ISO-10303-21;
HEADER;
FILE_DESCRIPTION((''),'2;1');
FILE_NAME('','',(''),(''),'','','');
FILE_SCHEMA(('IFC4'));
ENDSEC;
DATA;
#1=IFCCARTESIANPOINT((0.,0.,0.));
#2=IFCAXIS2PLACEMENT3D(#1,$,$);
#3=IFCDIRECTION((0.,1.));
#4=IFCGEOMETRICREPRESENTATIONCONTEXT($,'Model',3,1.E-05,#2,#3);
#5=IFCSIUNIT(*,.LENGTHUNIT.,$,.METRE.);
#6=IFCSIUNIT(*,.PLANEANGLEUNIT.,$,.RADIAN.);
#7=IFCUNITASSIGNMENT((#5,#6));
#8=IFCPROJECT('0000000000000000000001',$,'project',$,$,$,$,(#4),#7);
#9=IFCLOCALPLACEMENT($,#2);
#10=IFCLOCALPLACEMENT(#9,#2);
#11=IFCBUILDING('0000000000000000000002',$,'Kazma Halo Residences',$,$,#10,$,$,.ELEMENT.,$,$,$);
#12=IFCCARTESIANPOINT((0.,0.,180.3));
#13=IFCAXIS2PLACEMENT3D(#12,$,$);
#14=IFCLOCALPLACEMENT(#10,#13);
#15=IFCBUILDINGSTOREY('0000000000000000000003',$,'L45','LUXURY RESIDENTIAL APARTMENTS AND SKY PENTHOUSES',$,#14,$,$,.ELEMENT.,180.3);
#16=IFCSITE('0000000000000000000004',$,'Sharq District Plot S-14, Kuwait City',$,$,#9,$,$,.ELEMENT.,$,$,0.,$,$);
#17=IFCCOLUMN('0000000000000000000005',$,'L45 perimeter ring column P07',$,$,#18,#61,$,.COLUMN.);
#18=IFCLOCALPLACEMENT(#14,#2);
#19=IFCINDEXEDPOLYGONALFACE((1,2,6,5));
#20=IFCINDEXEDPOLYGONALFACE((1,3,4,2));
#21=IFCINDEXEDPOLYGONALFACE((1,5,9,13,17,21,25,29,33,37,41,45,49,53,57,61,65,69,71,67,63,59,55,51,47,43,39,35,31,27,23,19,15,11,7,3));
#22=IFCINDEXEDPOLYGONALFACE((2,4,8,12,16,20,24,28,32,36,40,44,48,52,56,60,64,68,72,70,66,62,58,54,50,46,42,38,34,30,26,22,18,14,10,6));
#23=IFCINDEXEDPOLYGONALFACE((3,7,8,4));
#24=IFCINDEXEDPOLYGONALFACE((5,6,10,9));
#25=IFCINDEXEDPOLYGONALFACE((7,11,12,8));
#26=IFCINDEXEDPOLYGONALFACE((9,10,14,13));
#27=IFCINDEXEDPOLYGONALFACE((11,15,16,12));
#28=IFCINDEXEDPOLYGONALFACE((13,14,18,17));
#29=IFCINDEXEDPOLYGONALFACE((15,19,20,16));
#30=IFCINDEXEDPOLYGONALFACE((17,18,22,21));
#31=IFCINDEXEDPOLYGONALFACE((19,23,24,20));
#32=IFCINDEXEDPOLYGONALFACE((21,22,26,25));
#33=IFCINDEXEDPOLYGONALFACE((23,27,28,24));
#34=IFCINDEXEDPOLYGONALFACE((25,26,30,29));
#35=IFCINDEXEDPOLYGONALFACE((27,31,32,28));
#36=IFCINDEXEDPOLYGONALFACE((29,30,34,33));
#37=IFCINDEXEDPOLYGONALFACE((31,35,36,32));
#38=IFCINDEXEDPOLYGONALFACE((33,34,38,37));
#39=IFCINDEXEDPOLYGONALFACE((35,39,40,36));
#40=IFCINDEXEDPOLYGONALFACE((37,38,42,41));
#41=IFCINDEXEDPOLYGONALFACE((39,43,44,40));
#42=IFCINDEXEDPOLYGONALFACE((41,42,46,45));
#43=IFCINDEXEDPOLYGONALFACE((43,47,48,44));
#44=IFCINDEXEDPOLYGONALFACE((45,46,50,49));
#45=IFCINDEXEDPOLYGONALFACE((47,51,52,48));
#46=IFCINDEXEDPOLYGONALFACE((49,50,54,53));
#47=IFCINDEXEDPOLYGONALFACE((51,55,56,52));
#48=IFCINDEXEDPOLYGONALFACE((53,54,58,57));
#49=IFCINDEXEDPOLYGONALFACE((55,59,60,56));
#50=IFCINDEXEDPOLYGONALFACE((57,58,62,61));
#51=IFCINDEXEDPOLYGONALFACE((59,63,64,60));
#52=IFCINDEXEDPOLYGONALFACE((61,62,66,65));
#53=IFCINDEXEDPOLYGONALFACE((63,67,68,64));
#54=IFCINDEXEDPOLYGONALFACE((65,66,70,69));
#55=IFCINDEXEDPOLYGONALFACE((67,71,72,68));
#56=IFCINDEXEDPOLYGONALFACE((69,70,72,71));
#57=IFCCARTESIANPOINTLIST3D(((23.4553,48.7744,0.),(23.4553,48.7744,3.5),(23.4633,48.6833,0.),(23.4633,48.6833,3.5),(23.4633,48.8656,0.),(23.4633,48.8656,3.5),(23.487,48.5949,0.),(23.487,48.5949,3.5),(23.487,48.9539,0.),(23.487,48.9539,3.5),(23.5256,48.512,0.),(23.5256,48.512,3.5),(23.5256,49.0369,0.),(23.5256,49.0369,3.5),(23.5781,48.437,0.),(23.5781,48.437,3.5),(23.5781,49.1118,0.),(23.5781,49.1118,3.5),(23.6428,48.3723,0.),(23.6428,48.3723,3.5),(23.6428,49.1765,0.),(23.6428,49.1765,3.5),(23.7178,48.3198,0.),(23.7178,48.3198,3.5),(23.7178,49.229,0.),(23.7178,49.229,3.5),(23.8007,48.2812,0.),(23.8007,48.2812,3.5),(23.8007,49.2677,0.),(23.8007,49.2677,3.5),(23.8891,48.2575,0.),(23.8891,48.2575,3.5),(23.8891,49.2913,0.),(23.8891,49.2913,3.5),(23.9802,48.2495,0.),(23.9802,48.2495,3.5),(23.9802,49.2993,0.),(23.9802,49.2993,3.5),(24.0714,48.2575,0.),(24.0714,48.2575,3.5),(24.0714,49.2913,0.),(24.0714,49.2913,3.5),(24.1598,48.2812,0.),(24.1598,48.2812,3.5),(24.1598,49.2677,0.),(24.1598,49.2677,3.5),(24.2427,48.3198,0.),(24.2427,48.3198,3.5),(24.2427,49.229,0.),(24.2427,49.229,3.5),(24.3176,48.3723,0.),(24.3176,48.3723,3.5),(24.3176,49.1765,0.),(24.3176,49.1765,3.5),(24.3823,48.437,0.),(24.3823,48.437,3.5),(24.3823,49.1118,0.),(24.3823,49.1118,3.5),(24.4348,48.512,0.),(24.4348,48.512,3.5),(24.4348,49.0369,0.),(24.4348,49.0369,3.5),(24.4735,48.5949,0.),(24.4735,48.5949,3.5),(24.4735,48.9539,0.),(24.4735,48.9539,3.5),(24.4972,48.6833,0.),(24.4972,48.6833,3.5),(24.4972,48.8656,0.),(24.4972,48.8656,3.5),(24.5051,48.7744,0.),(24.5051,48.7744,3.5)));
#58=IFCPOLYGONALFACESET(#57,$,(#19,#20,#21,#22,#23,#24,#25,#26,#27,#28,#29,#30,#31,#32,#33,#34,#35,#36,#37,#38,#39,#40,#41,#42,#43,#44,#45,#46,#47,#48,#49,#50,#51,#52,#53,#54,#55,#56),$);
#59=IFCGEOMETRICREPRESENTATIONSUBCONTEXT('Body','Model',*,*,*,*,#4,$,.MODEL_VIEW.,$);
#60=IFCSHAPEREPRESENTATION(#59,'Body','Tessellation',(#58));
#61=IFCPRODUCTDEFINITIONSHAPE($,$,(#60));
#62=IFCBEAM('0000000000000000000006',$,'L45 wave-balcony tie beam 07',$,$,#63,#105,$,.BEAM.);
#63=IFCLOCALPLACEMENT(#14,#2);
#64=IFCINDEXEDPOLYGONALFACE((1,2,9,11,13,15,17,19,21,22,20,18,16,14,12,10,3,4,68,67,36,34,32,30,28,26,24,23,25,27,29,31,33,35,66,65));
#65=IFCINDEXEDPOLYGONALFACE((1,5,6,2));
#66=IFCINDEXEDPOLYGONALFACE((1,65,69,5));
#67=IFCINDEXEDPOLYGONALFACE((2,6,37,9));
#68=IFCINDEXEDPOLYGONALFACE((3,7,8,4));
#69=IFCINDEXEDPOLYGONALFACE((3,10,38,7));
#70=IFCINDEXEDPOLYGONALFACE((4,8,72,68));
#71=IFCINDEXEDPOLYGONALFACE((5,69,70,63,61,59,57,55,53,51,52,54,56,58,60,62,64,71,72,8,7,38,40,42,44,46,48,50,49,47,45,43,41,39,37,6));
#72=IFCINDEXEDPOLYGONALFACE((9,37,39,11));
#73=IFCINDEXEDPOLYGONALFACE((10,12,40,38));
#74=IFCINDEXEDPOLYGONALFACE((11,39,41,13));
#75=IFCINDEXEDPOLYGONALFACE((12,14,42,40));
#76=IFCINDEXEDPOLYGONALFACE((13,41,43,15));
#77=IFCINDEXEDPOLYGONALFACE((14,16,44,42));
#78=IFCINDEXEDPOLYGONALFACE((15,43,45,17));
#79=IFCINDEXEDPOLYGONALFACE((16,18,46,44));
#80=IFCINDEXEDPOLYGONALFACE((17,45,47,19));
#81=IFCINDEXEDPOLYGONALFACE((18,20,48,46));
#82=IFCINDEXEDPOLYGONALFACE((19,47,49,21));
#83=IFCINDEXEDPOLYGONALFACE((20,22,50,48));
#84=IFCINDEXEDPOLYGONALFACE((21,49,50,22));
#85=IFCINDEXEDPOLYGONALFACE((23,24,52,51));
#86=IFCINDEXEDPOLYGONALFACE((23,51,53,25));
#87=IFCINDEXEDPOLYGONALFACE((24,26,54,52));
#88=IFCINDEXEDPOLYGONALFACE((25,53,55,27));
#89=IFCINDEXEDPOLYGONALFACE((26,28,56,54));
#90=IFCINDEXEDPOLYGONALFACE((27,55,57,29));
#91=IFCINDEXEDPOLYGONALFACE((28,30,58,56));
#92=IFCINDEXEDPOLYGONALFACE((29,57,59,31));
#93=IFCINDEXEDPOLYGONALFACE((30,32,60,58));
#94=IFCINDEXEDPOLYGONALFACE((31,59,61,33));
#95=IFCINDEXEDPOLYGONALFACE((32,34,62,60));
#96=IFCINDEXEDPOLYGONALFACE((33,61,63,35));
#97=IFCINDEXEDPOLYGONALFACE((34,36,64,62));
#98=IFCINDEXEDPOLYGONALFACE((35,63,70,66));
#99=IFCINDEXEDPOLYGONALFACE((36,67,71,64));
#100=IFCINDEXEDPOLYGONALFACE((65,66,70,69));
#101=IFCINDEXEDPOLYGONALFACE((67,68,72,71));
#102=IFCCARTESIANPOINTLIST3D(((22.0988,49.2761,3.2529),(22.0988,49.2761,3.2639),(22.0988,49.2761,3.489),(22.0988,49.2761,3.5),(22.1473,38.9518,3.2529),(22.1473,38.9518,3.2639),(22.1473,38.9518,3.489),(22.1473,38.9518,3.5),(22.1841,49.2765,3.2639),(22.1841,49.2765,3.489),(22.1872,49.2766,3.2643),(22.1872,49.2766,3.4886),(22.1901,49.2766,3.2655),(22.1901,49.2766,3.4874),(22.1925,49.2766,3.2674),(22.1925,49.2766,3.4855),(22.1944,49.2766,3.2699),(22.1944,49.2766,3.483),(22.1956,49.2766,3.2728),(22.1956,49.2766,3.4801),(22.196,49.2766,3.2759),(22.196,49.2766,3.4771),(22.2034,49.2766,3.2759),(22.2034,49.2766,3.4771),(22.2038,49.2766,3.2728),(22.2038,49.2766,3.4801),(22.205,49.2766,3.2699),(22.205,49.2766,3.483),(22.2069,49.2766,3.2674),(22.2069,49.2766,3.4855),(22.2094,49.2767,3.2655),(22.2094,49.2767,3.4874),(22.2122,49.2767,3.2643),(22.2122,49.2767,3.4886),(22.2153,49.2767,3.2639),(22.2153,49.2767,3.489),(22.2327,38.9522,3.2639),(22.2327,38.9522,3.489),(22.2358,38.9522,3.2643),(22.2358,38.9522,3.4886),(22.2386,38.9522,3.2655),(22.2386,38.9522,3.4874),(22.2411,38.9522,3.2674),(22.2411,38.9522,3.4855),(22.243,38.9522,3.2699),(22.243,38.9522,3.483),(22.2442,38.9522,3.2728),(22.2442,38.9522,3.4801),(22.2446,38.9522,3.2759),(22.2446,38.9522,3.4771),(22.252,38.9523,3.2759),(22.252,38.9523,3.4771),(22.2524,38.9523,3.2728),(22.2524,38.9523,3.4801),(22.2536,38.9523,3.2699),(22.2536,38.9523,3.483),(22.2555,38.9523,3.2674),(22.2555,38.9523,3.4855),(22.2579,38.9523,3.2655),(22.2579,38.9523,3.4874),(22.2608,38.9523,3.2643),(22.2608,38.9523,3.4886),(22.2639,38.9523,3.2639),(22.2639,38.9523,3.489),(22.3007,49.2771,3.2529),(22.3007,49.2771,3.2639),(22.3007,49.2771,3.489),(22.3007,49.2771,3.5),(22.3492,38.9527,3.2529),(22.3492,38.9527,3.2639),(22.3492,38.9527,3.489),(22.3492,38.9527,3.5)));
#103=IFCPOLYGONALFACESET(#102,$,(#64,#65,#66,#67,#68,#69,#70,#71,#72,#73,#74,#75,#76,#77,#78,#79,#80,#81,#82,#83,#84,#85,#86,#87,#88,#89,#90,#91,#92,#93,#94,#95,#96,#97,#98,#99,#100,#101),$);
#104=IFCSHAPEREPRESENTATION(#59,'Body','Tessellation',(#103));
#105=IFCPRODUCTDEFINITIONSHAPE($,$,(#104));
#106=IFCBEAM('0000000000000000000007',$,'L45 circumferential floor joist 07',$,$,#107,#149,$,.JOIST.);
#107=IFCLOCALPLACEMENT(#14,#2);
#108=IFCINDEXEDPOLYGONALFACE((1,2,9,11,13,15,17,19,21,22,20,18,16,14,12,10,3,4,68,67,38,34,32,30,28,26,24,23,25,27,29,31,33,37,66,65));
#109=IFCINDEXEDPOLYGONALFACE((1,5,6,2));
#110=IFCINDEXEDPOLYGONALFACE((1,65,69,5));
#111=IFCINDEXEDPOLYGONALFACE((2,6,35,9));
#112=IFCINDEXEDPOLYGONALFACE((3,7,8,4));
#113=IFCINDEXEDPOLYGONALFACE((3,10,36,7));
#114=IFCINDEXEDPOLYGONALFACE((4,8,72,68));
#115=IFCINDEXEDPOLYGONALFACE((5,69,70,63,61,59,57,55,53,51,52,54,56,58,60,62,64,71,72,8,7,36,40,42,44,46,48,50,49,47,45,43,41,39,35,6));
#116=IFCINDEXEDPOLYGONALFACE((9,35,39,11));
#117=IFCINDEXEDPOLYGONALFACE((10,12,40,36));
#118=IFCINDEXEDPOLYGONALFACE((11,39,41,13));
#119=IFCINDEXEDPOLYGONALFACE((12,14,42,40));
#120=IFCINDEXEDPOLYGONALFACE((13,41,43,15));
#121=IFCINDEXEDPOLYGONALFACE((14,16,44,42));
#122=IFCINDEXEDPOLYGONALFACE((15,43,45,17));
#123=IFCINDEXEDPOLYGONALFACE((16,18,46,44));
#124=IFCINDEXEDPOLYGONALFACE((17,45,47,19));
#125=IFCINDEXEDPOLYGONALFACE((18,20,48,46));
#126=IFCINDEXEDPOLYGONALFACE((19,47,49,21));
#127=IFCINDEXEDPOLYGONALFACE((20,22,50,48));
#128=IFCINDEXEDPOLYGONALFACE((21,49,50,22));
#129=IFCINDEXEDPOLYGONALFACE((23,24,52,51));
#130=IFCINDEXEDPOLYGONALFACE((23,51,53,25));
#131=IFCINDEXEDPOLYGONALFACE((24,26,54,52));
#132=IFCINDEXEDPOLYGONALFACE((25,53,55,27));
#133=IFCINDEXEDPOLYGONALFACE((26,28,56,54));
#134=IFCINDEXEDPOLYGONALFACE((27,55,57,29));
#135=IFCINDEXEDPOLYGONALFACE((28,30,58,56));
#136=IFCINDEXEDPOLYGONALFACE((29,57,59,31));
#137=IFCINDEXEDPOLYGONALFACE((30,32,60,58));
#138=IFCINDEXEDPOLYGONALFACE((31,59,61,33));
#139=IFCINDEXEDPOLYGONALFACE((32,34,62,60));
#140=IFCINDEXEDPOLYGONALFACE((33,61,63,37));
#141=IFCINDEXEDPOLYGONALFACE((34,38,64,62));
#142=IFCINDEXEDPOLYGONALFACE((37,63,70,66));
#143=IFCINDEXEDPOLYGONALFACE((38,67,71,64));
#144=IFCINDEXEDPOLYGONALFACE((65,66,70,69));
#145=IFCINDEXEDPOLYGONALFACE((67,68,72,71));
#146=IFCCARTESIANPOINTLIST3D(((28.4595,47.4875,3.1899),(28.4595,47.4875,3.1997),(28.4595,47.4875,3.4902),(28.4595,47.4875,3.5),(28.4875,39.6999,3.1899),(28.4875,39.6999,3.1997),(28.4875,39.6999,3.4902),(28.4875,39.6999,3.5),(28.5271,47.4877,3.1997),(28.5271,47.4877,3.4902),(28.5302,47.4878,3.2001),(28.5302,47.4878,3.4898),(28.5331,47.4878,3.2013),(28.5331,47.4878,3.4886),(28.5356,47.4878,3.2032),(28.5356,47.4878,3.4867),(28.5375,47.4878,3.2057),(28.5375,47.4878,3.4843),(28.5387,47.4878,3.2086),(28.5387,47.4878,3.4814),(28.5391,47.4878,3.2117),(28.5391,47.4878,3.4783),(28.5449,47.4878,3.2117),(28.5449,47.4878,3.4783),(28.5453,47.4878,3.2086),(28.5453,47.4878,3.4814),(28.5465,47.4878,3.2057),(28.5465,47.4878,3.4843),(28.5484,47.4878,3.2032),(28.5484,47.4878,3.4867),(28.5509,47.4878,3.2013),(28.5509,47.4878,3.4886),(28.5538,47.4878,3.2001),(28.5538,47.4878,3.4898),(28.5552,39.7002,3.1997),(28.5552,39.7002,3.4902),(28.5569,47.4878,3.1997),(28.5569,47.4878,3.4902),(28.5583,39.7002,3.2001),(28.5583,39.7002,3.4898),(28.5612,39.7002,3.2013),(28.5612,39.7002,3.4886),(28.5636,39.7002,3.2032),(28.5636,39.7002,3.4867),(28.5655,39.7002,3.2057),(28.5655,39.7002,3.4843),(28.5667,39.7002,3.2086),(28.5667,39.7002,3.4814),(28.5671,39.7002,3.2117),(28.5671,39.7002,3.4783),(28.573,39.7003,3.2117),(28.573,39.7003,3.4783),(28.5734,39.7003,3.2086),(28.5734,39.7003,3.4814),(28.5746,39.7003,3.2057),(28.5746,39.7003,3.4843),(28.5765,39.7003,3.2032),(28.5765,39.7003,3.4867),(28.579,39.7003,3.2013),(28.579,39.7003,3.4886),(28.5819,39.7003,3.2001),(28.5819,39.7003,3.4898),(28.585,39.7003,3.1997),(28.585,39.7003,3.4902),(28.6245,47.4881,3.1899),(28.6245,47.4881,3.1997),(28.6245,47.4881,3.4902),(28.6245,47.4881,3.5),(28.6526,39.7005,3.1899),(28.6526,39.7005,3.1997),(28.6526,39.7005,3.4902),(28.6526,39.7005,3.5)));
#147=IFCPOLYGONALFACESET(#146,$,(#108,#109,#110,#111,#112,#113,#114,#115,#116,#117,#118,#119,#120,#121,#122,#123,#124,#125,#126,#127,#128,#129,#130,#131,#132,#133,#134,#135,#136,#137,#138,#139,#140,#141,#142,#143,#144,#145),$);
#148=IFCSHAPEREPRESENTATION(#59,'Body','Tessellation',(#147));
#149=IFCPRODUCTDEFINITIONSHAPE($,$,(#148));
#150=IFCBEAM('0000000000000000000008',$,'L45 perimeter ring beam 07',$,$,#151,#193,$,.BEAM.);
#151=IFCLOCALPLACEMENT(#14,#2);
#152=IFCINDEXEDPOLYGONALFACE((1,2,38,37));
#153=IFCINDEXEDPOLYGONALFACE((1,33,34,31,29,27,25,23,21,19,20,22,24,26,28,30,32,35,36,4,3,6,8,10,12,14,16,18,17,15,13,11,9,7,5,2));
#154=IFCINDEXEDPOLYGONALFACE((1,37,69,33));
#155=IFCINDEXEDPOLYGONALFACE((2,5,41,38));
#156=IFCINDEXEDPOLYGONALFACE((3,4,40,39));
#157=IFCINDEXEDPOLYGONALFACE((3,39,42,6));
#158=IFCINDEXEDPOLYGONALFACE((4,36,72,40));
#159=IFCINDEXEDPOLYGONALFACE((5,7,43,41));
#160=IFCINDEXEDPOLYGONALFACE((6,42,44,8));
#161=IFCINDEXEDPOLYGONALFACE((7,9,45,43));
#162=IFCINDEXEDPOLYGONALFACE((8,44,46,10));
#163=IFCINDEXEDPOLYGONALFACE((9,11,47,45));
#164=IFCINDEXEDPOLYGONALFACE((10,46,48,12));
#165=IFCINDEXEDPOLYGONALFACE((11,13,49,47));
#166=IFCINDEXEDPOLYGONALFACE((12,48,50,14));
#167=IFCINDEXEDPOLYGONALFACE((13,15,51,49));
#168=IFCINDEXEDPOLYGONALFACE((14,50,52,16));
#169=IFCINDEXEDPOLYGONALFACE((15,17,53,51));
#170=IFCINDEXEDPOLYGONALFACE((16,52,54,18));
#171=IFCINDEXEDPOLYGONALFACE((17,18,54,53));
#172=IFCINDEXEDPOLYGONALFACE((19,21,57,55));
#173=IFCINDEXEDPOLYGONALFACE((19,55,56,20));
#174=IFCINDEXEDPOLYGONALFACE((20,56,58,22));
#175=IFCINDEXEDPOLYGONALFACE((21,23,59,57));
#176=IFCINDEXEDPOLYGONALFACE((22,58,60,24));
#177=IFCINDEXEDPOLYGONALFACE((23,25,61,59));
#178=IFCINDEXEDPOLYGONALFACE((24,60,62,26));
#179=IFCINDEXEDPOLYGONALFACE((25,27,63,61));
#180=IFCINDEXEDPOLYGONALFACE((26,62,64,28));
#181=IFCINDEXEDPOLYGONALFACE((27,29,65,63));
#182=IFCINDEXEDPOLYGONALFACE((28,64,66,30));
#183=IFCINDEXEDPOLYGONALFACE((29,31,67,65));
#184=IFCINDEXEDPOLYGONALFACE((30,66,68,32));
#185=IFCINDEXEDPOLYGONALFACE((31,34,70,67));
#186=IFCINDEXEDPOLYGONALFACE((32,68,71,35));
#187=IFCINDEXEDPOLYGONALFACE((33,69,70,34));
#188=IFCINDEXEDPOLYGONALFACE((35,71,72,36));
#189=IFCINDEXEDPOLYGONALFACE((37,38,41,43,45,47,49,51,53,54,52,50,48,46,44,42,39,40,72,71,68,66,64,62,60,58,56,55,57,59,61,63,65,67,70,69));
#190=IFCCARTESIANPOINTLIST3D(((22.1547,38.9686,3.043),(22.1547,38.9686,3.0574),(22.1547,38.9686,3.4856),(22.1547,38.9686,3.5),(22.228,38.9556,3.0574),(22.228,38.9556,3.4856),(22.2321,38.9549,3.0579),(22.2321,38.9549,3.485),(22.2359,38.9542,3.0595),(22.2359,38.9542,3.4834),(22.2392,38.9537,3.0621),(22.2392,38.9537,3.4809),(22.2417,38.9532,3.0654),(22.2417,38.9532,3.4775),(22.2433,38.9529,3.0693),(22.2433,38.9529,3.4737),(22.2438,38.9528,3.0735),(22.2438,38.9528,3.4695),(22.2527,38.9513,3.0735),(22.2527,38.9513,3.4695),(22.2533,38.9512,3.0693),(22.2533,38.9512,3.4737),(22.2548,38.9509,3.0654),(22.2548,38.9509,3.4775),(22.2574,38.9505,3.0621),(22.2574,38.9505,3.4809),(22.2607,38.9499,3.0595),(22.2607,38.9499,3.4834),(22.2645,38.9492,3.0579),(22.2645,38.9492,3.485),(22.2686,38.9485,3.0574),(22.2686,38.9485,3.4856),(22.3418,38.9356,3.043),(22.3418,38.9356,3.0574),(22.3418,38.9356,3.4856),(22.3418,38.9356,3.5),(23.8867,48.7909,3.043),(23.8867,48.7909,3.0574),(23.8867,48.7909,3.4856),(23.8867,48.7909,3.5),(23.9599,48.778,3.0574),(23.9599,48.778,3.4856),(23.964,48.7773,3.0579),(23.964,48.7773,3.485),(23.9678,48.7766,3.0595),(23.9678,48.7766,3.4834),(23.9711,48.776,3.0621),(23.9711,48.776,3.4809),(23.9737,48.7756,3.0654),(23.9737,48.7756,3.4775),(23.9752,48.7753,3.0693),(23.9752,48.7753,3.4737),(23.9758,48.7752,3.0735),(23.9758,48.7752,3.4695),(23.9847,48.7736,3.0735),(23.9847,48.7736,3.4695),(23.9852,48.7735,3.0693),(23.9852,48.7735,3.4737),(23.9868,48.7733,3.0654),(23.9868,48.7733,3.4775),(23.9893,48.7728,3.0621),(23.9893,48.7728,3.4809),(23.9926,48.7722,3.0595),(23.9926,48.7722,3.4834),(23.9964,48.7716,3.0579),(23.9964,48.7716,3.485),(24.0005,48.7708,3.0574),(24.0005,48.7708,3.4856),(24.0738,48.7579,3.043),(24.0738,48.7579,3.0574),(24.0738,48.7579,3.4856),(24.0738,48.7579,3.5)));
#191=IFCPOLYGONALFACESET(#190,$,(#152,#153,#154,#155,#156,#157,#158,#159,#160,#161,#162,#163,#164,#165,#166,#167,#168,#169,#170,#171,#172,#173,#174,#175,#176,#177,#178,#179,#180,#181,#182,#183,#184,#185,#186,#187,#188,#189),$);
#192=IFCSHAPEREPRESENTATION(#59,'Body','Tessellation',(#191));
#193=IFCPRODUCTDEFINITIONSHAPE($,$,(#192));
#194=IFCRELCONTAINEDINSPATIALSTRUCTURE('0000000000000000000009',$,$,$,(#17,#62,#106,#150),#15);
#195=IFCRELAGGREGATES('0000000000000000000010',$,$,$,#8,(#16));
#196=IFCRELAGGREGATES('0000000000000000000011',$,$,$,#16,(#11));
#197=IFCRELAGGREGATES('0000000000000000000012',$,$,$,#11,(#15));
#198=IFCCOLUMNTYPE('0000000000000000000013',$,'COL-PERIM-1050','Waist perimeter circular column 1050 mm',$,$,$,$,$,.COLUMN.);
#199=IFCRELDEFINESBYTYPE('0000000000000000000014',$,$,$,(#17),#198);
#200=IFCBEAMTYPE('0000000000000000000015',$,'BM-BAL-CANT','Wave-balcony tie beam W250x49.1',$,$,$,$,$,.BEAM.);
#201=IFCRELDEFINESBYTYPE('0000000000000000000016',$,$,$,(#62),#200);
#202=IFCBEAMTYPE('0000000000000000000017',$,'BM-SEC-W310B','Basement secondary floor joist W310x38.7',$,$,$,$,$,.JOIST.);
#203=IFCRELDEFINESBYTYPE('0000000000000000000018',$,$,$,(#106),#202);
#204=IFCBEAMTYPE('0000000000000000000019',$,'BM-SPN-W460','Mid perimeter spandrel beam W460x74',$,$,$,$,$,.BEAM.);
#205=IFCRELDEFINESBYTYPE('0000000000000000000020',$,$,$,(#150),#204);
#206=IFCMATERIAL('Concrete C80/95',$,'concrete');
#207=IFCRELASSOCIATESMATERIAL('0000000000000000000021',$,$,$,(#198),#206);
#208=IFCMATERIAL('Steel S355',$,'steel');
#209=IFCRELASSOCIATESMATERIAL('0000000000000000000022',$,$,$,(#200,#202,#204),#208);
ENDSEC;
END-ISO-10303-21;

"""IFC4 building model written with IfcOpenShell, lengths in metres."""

from ifc_helpers import new_model, si_unit, direction, frame, origin, origin_2d, place, context, subcontext, project, spatial, circle, i_section, extrude, material, material_profile, profile_set, type_object, element, save


model = new_model("IFC4")

# Units and contexts
model_context = context("Model", 3, precision=1e-05, world=origin(), true_north=direction((0.0, 1.0)))
body_context = subcontext(model_context, "Body", "Model", "MODEL_VIEW")
ifc_project = project(units=[si_unit("LENGTHUNIT", "METRE"), si_unit("PLANEANGLEUNIT", "RADIAN")], contexts=[model_context])

# Site, building, storey
site_placement = place(None, origin())
site = spatial("IfcSite", under=ifc_project, at=site_placement, Name="Sharq District Plot S-14, Kuwait City", CompositionType="ELEMENT", RefElevation=0.0)
building_placement = place(site_placement, origin())
building = spatial("IfcBuilding", under=site, at=building_placement, Name="Kazma Halo Residences", CompositionType="ELEMENT")
storey_placement = place(building_placement, frame((0.0, 0.0, 180.3)))
storey = spatial("IfcBuildingStorey", under=building, at=storey_placement, Name="L45", Description="LUXURY RESIDENTIAL APARTMENTS AND SKY PENTHOUSES", CompositionType="ELEMENT", Elevation=180.3)

# Column
ifc_material_1 = material(Name="Concrete C80/95", Category="concrete")
ifc_material_profile_1 = material_profile(ifc_material_1, circle(Radius=0.5249, at=origin_2d()), Name="CIRC1050")
ifc_profile_set_1 = profile_set([ifc_material_profile_1], Name="Concrete C80/95")
column_type = type_object("IfcColumnType", Name="COL-PERIM-1050", Description="Waist perimeter circular column 1050 mm", PredefinedType="COLUMN", material=ifc_profile_set_1)
column_placement = place(storey_placement, frame((23.9802, 48.7744, 0.0), z_axis=(0.0, 0.0, 1.0), x_axis=(1.0, 0.0, 0.0)))
element("IfcColumn", 1, at=column_placement, inside=storey, type_object=column_type, Name="L45 perimeter ring column P07", PredefinedType="COLUMN", context=body_context, shape_type="SweptSolid", body=[
    extrude(circle(Radius=0.5249, at=origin_2d()), origin(), (0.0, 0.0, 1.0), 3.5),
])

# Beams
ifc_material_2 = material(Name="Steel S355", Category="steel")
ifc_material_profile_2 = material_profile(ifc_material_2, i_section(OverallWidth=0.2019, OverallDepth=0.2471, WebThickness=0.0073, FlangeThickness=0.011, FilletRadius=0.012, at=origin_2d()), Name="W250x49.1")
ifc_profile_set_2 = profile_set([ifc_material_profile_2], Name="Steel S355")
beam_type_1 = type_object("IfcBeamType", Name="BM-BAL-CANT", Description="Wave-balcony tie beam W250x49.1", PredefinedType="BEAM", material=ifc_profile_set_2)
beam_1_placement = place(storey_placement, frame((22.1997, 49.2766, 3.3765), z_axis=(0.004706, -0.999989, 0.0), x_axis=(0.999989, 0.004706, 0.0)))
element("IfcBeam", 2, at=beam_1_placement, inside=storey, type_object=beam_type_1, Name="L45 wave-balcony tie beam 07", PredefinedType="BEAM", context=body_context, shape_type="SweptSolid", body=[
    extrude(i_section(OverallWidth=0.2019, OverallDepth=0.2471, WebThickness=0.0073, FlangeThickness=0.011, FilletRadius=0.012, at=origin_2d()), origin(), (0.0, 0.0, 1.0), 10.3245),
])
ifc_material_profile_3 = material_profile(ifc_material_2, i_section(OverallWidth=0.165, OverallDepth=0.3101, WebThickness=0.0059, FlangeThickness=0.0098, FilletRadius=0.012, at=origin_2d()), Name="W310x38.7")
ifc_profile_set_3 = profile_set([ifc_material_profile_3], Name="Steel S355")
beam_type_2 = type_object("IfcBeamType", Name="BM-SEC-W310B", Description="Basement secondary floor joist W310x38.7", PredefinedType="JOIST", material=ifc_profile_set_3)
beam_2_placement = place(storey_placement, frame((28.542, 47.4878, 3.345), z_axis=(0.003605, -0.999994, 0.0), x_axis=(0.999994, 0.003605, 0.0)))
element("IfcBeam", 3, at=beam_2_placement, inside=storey, type_object=beam_type_2, Name="L45 circumferential floor joist 07", PredefinedType="JOIST", context=body_context, shape_type="SweptSolid", body=[
    extrude(i_section(OverallWidth=0.165, OverallDepth=0.3101, WebThickness=0.0059, FlangeThickness=0.0098, FilletRadius=0.012, at=origin_2d()), origin(), (0.0, 0.0, 1.0), 7.7876),
])
ifc_material_profile_4 = material_profile(ifc_material_2, i_section(OverallWidth=0.1899, OverallDepth=0.457, WebThickness=0.009, FlangeThickness=0.0144, FilletRadius=0.0161, at=origin_2d()), Name="W460x74")
ifc_profile_set_4 = profile_set([ifc_material_profile_4], Name="Steel S355")
beam_type_3 = type_object("IfcBeamType", Name="BM-SPN-W460", Description="Mid perimeter spandrel beam W460x74", PredefinedType="BEAM", material=ifc_profile_set_4)
beam_3_placement = place(storey_placement, frame((23.9802, 48.7744, 3.2715), z_axis=(-0.173648, -0.984808, 0.0), x_axis=(0.984808, -0.173648, 0.0)))
element("IfcBeam", 4, at=beam_3_placement, inside=storey, type_object=beam_type_3, Name="L45 perimeter ring beam 07", PredefinedType="BEAM", context=body_context, shape_type="SweptSolid", body=[
    extrude(i_section(OverallWidth=0.1899, OverallDepth=0.457, WebThickness=0.009, FlangeThickness=0.0144, FilletRadius=0.0161, at=origin_2d()), origin(), (0.0, 0.0, 1.0), 9.9739),
])

save(model, "model.ifc")
